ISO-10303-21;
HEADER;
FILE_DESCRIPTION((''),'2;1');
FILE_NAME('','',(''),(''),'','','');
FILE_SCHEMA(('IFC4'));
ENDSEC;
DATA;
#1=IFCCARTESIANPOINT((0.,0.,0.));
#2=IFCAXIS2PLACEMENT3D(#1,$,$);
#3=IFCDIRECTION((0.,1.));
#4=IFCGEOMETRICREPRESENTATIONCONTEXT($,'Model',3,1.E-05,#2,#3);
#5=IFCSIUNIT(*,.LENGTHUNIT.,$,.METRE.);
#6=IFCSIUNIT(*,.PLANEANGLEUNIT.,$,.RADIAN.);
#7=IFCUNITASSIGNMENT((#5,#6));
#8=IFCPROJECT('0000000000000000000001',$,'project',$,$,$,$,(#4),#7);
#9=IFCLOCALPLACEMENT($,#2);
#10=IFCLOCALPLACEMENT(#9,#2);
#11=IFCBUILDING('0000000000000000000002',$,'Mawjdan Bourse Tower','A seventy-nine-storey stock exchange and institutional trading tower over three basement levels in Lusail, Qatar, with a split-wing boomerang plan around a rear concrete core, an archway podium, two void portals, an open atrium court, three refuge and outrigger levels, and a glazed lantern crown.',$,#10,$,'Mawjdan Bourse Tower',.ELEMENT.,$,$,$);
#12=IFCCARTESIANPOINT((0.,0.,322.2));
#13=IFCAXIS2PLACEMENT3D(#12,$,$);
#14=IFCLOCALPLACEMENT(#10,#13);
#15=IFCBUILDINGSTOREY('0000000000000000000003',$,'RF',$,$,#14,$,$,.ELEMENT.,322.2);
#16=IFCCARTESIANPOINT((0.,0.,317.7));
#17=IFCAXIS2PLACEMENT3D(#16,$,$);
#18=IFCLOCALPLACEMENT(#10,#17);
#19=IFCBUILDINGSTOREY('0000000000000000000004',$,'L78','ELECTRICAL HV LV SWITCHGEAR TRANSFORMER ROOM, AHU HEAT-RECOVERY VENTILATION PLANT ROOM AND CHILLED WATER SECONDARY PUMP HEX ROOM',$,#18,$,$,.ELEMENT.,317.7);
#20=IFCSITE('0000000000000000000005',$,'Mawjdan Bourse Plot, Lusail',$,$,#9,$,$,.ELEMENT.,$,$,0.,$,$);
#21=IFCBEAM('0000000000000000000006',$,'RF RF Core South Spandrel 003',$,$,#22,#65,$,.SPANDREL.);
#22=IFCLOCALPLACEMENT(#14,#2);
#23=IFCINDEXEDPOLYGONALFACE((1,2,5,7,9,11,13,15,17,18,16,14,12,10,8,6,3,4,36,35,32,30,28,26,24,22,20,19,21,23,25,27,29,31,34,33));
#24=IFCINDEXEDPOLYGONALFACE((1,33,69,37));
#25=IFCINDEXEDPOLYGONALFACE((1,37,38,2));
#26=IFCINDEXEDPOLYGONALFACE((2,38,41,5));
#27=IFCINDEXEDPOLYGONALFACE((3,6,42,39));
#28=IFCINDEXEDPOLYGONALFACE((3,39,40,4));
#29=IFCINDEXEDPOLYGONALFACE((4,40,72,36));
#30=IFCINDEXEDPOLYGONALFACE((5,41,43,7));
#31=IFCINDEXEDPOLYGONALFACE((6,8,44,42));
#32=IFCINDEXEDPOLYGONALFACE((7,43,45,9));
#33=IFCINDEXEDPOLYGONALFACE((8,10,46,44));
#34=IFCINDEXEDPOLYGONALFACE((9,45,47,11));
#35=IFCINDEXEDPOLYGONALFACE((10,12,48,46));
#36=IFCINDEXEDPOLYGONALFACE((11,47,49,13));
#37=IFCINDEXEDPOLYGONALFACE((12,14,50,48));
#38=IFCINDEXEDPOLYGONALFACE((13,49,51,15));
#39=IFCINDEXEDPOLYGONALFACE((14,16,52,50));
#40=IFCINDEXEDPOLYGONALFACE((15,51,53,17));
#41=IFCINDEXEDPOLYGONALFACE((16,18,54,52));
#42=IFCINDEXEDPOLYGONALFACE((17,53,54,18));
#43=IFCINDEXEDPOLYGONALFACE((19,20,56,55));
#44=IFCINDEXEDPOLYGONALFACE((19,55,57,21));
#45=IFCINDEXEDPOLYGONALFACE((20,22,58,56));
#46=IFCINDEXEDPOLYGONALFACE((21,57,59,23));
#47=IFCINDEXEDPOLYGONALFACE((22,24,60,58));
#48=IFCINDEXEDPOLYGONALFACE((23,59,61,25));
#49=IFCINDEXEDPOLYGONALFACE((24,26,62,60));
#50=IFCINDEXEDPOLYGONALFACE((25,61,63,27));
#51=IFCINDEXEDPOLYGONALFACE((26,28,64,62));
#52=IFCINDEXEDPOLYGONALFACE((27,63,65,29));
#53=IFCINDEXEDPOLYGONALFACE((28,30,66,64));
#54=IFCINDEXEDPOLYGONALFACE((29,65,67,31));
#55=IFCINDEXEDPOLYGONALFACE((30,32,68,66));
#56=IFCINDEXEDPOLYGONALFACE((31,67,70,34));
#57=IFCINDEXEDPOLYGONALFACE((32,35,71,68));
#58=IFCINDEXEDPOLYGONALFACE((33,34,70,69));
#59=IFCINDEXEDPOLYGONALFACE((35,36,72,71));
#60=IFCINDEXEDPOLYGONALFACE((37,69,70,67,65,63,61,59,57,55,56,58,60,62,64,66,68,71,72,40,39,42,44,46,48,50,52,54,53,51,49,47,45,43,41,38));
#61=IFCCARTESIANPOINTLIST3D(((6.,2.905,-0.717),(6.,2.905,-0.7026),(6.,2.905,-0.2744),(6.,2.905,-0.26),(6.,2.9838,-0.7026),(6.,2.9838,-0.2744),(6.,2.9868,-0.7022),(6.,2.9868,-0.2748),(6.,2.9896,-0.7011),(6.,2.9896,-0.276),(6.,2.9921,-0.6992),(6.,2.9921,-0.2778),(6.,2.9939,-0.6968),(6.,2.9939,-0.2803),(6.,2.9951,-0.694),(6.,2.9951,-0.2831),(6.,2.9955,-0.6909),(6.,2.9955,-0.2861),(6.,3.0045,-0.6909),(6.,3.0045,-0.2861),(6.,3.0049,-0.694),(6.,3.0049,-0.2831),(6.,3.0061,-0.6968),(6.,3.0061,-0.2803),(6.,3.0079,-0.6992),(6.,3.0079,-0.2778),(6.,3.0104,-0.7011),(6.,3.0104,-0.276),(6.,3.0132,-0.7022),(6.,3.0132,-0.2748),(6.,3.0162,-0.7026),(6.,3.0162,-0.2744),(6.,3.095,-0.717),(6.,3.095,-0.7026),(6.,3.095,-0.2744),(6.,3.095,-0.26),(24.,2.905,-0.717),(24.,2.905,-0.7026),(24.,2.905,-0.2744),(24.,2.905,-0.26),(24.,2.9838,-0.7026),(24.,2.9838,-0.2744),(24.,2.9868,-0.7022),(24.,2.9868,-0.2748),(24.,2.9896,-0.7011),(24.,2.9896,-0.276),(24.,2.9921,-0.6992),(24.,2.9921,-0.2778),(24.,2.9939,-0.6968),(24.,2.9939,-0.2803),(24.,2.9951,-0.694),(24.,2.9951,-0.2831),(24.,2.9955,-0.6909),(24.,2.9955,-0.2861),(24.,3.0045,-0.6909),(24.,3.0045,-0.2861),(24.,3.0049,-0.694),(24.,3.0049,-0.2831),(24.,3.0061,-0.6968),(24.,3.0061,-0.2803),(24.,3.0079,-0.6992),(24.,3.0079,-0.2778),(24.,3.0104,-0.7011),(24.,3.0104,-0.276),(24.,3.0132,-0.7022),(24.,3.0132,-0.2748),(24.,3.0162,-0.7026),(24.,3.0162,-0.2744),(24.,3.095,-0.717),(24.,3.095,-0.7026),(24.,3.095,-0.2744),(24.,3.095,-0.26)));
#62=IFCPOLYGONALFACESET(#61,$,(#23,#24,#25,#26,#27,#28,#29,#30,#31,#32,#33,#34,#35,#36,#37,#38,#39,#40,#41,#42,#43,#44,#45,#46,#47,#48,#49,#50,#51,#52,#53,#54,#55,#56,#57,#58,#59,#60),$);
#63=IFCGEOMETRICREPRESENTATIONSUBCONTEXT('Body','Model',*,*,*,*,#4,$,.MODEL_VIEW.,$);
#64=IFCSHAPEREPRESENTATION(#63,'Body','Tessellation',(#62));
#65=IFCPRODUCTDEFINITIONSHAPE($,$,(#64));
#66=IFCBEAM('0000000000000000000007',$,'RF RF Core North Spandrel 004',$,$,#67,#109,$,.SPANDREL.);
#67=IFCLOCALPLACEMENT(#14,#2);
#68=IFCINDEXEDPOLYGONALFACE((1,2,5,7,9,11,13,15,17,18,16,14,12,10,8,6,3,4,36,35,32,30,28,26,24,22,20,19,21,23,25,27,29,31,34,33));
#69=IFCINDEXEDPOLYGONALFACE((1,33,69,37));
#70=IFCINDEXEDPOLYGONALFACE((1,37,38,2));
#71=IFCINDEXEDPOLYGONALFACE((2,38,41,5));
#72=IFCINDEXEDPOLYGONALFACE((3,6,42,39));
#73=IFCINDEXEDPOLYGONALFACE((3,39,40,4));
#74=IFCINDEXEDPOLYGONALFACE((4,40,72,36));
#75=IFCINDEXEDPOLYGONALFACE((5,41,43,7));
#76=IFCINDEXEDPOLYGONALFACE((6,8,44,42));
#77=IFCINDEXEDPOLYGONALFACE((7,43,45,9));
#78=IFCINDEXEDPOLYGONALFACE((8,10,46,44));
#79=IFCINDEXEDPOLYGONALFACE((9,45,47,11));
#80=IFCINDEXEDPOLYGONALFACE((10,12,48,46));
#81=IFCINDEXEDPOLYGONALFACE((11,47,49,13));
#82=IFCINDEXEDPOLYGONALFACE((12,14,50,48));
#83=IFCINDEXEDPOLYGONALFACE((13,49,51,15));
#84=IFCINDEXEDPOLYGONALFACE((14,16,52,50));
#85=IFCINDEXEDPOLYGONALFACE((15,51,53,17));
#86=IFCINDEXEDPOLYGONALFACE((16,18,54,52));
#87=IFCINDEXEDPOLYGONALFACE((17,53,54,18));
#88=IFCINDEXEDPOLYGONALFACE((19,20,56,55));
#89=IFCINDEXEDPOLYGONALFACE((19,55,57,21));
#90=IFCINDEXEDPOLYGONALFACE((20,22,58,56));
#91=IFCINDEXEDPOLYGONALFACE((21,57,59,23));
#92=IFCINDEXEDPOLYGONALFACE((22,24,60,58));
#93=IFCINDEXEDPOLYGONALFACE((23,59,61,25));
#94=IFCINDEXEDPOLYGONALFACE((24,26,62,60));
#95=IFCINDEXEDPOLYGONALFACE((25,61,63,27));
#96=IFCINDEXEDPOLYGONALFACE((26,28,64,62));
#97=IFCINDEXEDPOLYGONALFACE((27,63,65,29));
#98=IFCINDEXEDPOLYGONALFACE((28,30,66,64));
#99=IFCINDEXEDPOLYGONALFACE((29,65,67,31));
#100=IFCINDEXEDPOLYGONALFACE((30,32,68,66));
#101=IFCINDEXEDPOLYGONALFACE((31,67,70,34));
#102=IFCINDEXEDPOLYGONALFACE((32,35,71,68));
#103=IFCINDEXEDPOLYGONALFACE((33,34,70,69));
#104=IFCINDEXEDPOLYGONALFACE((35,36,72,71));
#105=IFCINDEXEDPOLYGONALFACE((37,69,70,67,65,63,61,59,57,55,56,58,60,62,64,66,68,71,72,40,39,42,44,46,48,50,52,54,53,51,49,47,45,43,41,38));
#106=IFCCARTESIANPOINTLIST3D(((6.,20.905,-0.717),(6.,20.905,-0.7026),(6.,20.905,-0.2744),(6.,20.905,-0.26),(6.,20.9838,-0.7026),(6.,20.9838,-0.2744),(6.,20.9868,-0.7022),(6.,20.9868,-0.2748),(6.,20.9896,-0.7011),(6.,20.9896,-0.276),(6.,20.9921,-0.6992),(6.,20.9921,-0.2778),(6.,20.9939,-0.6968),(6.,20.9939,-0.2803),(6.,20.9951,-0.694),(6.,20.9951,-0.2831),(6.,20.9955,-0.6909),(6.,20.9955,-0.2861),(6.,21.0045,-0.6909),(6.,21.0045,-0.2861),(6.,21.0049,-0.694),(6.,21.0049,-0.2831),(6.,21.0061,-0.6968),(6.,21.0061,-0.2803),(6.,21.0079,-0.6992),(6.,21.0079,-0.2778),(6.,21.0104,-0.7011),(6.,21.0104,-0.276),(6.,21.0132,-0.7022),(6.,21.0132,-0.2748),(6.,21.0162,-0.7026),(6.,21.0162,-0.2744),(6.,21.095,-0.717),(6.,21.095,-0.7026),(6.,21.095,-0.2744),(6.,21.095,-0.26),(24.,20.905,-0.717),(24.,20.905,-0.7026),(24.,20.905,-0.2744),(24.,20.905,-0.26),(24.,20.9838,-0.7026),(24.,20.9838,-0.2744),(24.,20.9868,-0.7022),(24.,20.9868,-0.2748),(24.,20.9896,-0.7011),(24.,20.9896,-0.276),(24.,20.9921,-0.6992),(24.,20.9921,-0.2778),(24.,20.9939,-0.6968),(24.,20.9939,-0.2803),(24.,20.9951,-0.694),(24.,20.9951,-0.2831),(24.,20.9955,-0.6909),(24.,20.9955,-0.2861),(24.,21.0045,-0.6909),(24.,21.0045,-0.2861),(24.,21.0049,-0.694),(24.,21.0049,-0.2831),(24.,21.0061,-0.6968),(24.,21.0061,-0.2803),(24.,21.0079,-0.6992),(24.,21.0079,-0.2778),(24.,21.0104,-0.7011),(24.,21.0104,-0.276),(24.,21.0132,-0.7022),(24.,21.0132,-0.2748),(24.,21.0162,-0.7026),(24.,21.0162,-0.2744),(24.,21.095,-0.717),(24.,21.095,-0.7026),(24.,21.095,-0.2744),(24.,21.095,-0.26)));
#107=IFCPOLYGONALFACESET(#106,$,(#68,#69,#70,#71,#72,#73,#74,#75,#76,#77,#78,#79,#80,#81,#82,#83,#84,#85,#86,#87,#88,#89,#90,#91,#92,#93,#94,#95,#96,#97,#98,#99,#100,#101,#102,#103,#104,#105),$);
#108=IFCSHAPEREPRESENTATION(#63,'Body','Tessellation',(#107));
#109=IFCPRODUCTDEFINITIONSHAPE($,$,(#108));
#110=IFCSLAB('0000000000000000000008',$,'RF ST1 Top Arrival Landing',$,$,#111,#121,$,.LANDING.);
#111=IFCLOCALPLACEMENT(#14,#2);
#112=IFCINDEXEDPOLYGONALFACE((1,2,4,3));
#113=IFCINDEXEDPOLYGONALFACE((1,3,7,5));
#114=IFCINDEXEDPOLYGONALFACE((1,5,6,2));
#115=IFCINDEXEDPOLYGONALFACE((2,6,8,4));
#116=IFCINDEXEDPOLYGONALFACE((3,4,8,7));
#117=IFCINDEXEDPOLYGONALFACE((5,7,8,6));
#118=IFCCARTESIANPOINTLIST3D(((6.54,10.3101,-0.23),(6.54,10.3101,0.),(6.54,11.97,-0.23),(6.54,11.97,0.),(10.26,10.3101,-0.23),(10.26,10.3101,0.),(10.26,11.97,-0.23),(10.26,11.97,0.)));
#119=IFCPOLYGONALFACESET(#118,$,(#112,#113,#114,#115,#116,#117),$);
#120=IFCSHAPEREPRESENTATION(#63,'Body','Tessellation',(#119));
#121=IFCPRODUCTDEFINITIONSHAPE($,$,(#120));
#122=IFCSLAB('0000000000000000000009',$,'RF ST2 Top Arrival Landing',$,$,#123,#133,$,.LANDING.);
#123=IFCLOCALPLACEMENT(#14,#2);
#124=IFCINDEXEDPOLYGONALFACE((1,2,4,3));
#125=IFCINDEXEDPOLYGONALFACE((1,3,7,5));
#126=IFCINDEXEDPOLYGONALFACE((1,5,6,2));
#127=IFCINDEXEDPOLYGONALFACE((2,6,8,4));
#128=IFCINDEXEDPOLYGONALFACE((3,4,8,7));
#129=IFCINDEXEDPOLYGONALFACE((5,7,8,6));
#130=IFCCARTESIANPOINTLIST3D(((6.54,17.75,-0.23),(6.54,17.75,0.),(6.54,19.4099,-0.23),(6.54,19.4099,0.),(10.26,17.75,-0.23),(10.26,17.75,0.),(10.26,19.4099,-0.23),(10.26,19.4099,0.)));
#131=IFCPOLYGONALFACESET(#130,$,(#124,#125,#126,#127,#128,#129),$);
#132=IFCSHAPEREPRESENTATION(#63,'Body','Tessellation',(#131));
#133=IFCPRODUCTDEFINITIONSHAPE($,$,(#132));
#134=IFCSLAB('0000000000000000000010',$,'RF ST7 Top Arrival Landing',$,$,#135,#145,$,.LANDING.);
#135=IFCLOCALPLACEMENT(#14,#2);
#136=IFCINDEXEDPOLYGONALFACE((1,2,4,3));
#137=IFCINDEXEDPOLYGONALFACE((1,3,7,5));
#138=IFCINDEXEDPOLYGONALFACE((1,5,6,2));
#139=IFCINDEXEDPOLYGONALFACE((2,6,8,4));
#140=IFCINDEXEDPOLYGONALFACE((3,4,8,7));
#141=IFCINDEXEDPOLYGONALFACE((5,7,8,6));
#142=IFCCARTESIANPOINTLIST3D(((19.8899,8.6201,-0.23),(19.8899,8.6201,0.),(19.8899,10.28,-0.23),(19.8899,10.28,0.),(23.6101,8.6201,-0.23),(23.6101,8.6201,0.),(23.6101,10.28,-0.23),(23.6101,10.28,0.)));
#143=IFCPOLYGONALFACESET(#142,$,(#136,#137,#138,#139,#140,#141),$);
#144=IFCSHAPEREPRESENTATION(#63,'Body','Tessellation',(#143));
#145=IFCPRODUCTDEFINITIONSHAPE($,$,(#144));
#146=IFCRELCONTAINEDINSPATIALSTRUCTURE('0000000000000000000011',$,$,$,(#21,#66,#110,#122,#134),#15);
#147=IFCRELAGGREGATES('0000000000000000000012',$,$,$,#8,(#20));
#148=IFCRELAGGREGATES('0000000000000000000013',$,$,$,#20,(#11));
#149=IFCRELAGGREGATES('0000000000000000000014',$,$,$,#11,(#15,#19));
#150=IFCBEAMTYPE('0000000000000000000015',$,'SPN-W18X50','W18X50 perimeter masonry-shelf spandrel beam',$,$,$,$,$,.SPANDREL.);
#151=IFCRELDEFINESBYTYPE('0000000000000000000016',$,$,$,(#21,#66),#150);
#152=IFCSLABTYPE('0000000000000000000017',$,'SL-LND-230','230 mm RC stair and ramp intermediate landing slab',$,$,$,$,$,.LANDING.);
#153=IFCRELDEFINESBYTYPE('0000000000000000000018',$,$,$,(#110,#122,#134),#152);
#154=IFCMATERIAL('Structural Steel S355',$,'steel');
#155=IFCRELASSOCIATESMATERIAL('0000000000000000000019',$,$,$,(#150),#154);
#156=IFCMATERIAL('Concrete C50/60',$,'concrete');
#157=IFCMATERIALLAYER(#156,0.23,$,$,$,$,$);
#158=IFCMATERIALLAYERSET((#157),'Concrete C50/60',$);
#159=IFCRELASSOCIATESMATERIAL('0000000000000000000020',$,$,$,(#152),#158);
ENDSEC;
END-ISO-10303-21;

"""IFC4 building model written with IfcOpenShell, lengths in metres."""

from ifc_helpers import new_model, si_unit, direction, frame, origin, origin_2d, place, context, subcontext, project, spatial, polyline, i_section, outline, extrude, material, layer, layer_set, material_profile, profile_set, type_object, element, save


model = new_model("IFC4")

# Units and contexts
model_context = context("Model", 3, precision=1e-05, world=origin(), true_north=direction((0.0, 1.0)))
body_context = subcontext(model_context, "Body", "Model", "MODEL_VIEW")
ifc_project = project(units=[si_unit("LENGTHUNIT", "METRE"), si_unit("PLANEANGLEUNIT", "RADIAN")], contexts=[model_context])

# Site, building, storey
site_placement = place(None, origin())
site = spatial("IfcSite", under=ifc_project, at=site_placement, Name="Mawjdan Bourse Plot, Lusail", CompositionType="ELEMENT", RefElevation=0.0)
building_placement = place(site_placement, origin())
building = spatial("IfcBuilding", under=site, at=building_placement, Name="Mawjdan Bourse Tower", Description="A seventy-nine-storey stock exchange and institutional trading tower over three basement levels in Lusail, Qatar, with a split-wing boomerang plan around a rear concrete core, an archway podium, two void portals, an open atrium court, three refuge and outrigger levels, and a glazed lantern crown.", LongName="Mawjdan Bourse Tower", CompositionType="ELEMENT")
storey_1_placement = place(building_placement, frame((0.0, 0.0, 322.2)))
storey_1 = spatial("IfcBuildingStorey", under=building, at=storey_1_placement, Name="RF", CompositionType="ELEMENT", Elevation=322.2)

# Beams
ifc_material_1 = material(Name="Structural Steel S355", Category="steel")
ifc_material_profile = material_profile(ifc_material_1, i_section(OverallWidth=0.1899, OverallDepth=0.457, WebThickness=0.009, FlangeThickness=0.0144, FilletRadius=0.0117, at=origin_2d()), Name="W18X50")
ifc_profile_set = profile_set([ifc_material_profile], Name="Structural Steel S355")
beam_type = type_object("IfcBeamType", Name="SPN-W18X50", Description="W18X50 perimeter masonry-shelf spandrel beam", PredefinedType="SPANDREL", material=ifc_profile_set)
for number, where, z_axis, x_axis, name in (
    (1, (6.0, 3.0, -0.4885), (1.0, 0.0, 0.0), (0.0, 1.0, 0.0), "RF RF Core South Spandrel 003"),
    (2, (6.0, 21.0, -0.4885), (1.0, 0.0, 0.0), (0.0, 1.0, 0.0), "RF RF Core North Spandrel 004"),
):
    element("IfcBeam", number, at=place(storey_1_placement, frame(where, z_axis=z_axis, x_axis=x_axis)), inside=storey_1, type_object=beam_type, Name=name, PredefinedType="SPANDREL", context=body_context, shape_type="SweptSolid", body=[
        extrude(i_section(OverallWidth=0.1899, OverallDepth=0.457, WebThickness=0.009, FlangeThickness=0.0144, FilletRadius=0.0117, at=origin_2d()), origin(), (0.0, 0.0, 1.0), 18.0),
    ])

# Slabs
ifc_material_2 = material(Name="Concrete C50/60", Category="concrete")
ifc_layer_1 = layer(ifc_material_2, 0.23)
ifc_layer_set_1 = layer_set([ifc_layer_1], Name="Concrete C50/60")
slab_type_1 = type_object("IfcSlabType", Name="SL-LND-230", Description="230 mm RC stair and ramp intermediate landing slab", PredefinedType="LANDING", material=ifc_layer_set_1)
slab_1_placement = place(storey_1_placement, frame((0.0, 0.0, -0.23)))
element("IfcSlab", 3, at=slab_1_placement, inside=storey_1, type_object=slab_type_1, Name="RF ST1 Top Arrival Landing", PredefinedType="LANDING", context=body_context, shape_type="SweptSolid", body=[
    extrude(outline(polyline([(6.54, 10.3101), (10.26, 10.3101), (10.26, 11.97), (6.54, 11.97), (6.54, 10.3101)])), origin(), (0.0, 0.0, 1.0), 0.23),
])
slab_2_placement = place(storey_1_placement, frame((0.0, 0.0, -0.23)))
element("IfcSlab", 4, at=slab_2_placement, inside=storey_1, type_object=slab_type_1, Name="RF ST2 Top Arrival Landing", PredefinedType="LANDING", context=body_context, shape_type="SweptSolid", body=[
    extrude(outline(polyline([(6.54, 17.75), (10.26, 17.75), (10.26, 19.4099), (6.54, 19.4099), (6.54, 17.75)])), origin(), (0.0, 0.0, 1.0), 0.23),
])
slab_3_placement = place(storey_1_placement, frame((0.0, 0.0, -0.23)))
element("IfcSlab", 5, at=slab_3_placement, inside=storey_1, type_object=slab_type_1, Name="RF ST7 Top Arrival Landing", PredefinedType="LANDING", context=body_context, shape_type="SweptSolid", body=[
    extrude(outline(polyline([(19.8899, 8.6201), (23.6101, 8.6201), (23.6101, 10.28), (19.8899, 10.28), (19.8899, 8.6201)])), origin(), (0.0, 0.0, 1.0), 0.23),
])

# Shared definitions
storey_2_placement = place(building_placement, frame((0.0, 0.0, 317.7)))
storey_2 = spatial("IfcBuildingStorey", under=building, at=storey_2_placement, Name="L78", Description="ELECTRICAL HV LV SWITCHGEAR TRANSFORMER ROOM, AHU HEAT-RECOVERY VENTILATION PLANT ROOM AND CHILLED WATER SECONDARY PUMP HEX ROOM", CompositionType="ELEMENT", Elevation=317.7)

save(model, "model.ifc")
